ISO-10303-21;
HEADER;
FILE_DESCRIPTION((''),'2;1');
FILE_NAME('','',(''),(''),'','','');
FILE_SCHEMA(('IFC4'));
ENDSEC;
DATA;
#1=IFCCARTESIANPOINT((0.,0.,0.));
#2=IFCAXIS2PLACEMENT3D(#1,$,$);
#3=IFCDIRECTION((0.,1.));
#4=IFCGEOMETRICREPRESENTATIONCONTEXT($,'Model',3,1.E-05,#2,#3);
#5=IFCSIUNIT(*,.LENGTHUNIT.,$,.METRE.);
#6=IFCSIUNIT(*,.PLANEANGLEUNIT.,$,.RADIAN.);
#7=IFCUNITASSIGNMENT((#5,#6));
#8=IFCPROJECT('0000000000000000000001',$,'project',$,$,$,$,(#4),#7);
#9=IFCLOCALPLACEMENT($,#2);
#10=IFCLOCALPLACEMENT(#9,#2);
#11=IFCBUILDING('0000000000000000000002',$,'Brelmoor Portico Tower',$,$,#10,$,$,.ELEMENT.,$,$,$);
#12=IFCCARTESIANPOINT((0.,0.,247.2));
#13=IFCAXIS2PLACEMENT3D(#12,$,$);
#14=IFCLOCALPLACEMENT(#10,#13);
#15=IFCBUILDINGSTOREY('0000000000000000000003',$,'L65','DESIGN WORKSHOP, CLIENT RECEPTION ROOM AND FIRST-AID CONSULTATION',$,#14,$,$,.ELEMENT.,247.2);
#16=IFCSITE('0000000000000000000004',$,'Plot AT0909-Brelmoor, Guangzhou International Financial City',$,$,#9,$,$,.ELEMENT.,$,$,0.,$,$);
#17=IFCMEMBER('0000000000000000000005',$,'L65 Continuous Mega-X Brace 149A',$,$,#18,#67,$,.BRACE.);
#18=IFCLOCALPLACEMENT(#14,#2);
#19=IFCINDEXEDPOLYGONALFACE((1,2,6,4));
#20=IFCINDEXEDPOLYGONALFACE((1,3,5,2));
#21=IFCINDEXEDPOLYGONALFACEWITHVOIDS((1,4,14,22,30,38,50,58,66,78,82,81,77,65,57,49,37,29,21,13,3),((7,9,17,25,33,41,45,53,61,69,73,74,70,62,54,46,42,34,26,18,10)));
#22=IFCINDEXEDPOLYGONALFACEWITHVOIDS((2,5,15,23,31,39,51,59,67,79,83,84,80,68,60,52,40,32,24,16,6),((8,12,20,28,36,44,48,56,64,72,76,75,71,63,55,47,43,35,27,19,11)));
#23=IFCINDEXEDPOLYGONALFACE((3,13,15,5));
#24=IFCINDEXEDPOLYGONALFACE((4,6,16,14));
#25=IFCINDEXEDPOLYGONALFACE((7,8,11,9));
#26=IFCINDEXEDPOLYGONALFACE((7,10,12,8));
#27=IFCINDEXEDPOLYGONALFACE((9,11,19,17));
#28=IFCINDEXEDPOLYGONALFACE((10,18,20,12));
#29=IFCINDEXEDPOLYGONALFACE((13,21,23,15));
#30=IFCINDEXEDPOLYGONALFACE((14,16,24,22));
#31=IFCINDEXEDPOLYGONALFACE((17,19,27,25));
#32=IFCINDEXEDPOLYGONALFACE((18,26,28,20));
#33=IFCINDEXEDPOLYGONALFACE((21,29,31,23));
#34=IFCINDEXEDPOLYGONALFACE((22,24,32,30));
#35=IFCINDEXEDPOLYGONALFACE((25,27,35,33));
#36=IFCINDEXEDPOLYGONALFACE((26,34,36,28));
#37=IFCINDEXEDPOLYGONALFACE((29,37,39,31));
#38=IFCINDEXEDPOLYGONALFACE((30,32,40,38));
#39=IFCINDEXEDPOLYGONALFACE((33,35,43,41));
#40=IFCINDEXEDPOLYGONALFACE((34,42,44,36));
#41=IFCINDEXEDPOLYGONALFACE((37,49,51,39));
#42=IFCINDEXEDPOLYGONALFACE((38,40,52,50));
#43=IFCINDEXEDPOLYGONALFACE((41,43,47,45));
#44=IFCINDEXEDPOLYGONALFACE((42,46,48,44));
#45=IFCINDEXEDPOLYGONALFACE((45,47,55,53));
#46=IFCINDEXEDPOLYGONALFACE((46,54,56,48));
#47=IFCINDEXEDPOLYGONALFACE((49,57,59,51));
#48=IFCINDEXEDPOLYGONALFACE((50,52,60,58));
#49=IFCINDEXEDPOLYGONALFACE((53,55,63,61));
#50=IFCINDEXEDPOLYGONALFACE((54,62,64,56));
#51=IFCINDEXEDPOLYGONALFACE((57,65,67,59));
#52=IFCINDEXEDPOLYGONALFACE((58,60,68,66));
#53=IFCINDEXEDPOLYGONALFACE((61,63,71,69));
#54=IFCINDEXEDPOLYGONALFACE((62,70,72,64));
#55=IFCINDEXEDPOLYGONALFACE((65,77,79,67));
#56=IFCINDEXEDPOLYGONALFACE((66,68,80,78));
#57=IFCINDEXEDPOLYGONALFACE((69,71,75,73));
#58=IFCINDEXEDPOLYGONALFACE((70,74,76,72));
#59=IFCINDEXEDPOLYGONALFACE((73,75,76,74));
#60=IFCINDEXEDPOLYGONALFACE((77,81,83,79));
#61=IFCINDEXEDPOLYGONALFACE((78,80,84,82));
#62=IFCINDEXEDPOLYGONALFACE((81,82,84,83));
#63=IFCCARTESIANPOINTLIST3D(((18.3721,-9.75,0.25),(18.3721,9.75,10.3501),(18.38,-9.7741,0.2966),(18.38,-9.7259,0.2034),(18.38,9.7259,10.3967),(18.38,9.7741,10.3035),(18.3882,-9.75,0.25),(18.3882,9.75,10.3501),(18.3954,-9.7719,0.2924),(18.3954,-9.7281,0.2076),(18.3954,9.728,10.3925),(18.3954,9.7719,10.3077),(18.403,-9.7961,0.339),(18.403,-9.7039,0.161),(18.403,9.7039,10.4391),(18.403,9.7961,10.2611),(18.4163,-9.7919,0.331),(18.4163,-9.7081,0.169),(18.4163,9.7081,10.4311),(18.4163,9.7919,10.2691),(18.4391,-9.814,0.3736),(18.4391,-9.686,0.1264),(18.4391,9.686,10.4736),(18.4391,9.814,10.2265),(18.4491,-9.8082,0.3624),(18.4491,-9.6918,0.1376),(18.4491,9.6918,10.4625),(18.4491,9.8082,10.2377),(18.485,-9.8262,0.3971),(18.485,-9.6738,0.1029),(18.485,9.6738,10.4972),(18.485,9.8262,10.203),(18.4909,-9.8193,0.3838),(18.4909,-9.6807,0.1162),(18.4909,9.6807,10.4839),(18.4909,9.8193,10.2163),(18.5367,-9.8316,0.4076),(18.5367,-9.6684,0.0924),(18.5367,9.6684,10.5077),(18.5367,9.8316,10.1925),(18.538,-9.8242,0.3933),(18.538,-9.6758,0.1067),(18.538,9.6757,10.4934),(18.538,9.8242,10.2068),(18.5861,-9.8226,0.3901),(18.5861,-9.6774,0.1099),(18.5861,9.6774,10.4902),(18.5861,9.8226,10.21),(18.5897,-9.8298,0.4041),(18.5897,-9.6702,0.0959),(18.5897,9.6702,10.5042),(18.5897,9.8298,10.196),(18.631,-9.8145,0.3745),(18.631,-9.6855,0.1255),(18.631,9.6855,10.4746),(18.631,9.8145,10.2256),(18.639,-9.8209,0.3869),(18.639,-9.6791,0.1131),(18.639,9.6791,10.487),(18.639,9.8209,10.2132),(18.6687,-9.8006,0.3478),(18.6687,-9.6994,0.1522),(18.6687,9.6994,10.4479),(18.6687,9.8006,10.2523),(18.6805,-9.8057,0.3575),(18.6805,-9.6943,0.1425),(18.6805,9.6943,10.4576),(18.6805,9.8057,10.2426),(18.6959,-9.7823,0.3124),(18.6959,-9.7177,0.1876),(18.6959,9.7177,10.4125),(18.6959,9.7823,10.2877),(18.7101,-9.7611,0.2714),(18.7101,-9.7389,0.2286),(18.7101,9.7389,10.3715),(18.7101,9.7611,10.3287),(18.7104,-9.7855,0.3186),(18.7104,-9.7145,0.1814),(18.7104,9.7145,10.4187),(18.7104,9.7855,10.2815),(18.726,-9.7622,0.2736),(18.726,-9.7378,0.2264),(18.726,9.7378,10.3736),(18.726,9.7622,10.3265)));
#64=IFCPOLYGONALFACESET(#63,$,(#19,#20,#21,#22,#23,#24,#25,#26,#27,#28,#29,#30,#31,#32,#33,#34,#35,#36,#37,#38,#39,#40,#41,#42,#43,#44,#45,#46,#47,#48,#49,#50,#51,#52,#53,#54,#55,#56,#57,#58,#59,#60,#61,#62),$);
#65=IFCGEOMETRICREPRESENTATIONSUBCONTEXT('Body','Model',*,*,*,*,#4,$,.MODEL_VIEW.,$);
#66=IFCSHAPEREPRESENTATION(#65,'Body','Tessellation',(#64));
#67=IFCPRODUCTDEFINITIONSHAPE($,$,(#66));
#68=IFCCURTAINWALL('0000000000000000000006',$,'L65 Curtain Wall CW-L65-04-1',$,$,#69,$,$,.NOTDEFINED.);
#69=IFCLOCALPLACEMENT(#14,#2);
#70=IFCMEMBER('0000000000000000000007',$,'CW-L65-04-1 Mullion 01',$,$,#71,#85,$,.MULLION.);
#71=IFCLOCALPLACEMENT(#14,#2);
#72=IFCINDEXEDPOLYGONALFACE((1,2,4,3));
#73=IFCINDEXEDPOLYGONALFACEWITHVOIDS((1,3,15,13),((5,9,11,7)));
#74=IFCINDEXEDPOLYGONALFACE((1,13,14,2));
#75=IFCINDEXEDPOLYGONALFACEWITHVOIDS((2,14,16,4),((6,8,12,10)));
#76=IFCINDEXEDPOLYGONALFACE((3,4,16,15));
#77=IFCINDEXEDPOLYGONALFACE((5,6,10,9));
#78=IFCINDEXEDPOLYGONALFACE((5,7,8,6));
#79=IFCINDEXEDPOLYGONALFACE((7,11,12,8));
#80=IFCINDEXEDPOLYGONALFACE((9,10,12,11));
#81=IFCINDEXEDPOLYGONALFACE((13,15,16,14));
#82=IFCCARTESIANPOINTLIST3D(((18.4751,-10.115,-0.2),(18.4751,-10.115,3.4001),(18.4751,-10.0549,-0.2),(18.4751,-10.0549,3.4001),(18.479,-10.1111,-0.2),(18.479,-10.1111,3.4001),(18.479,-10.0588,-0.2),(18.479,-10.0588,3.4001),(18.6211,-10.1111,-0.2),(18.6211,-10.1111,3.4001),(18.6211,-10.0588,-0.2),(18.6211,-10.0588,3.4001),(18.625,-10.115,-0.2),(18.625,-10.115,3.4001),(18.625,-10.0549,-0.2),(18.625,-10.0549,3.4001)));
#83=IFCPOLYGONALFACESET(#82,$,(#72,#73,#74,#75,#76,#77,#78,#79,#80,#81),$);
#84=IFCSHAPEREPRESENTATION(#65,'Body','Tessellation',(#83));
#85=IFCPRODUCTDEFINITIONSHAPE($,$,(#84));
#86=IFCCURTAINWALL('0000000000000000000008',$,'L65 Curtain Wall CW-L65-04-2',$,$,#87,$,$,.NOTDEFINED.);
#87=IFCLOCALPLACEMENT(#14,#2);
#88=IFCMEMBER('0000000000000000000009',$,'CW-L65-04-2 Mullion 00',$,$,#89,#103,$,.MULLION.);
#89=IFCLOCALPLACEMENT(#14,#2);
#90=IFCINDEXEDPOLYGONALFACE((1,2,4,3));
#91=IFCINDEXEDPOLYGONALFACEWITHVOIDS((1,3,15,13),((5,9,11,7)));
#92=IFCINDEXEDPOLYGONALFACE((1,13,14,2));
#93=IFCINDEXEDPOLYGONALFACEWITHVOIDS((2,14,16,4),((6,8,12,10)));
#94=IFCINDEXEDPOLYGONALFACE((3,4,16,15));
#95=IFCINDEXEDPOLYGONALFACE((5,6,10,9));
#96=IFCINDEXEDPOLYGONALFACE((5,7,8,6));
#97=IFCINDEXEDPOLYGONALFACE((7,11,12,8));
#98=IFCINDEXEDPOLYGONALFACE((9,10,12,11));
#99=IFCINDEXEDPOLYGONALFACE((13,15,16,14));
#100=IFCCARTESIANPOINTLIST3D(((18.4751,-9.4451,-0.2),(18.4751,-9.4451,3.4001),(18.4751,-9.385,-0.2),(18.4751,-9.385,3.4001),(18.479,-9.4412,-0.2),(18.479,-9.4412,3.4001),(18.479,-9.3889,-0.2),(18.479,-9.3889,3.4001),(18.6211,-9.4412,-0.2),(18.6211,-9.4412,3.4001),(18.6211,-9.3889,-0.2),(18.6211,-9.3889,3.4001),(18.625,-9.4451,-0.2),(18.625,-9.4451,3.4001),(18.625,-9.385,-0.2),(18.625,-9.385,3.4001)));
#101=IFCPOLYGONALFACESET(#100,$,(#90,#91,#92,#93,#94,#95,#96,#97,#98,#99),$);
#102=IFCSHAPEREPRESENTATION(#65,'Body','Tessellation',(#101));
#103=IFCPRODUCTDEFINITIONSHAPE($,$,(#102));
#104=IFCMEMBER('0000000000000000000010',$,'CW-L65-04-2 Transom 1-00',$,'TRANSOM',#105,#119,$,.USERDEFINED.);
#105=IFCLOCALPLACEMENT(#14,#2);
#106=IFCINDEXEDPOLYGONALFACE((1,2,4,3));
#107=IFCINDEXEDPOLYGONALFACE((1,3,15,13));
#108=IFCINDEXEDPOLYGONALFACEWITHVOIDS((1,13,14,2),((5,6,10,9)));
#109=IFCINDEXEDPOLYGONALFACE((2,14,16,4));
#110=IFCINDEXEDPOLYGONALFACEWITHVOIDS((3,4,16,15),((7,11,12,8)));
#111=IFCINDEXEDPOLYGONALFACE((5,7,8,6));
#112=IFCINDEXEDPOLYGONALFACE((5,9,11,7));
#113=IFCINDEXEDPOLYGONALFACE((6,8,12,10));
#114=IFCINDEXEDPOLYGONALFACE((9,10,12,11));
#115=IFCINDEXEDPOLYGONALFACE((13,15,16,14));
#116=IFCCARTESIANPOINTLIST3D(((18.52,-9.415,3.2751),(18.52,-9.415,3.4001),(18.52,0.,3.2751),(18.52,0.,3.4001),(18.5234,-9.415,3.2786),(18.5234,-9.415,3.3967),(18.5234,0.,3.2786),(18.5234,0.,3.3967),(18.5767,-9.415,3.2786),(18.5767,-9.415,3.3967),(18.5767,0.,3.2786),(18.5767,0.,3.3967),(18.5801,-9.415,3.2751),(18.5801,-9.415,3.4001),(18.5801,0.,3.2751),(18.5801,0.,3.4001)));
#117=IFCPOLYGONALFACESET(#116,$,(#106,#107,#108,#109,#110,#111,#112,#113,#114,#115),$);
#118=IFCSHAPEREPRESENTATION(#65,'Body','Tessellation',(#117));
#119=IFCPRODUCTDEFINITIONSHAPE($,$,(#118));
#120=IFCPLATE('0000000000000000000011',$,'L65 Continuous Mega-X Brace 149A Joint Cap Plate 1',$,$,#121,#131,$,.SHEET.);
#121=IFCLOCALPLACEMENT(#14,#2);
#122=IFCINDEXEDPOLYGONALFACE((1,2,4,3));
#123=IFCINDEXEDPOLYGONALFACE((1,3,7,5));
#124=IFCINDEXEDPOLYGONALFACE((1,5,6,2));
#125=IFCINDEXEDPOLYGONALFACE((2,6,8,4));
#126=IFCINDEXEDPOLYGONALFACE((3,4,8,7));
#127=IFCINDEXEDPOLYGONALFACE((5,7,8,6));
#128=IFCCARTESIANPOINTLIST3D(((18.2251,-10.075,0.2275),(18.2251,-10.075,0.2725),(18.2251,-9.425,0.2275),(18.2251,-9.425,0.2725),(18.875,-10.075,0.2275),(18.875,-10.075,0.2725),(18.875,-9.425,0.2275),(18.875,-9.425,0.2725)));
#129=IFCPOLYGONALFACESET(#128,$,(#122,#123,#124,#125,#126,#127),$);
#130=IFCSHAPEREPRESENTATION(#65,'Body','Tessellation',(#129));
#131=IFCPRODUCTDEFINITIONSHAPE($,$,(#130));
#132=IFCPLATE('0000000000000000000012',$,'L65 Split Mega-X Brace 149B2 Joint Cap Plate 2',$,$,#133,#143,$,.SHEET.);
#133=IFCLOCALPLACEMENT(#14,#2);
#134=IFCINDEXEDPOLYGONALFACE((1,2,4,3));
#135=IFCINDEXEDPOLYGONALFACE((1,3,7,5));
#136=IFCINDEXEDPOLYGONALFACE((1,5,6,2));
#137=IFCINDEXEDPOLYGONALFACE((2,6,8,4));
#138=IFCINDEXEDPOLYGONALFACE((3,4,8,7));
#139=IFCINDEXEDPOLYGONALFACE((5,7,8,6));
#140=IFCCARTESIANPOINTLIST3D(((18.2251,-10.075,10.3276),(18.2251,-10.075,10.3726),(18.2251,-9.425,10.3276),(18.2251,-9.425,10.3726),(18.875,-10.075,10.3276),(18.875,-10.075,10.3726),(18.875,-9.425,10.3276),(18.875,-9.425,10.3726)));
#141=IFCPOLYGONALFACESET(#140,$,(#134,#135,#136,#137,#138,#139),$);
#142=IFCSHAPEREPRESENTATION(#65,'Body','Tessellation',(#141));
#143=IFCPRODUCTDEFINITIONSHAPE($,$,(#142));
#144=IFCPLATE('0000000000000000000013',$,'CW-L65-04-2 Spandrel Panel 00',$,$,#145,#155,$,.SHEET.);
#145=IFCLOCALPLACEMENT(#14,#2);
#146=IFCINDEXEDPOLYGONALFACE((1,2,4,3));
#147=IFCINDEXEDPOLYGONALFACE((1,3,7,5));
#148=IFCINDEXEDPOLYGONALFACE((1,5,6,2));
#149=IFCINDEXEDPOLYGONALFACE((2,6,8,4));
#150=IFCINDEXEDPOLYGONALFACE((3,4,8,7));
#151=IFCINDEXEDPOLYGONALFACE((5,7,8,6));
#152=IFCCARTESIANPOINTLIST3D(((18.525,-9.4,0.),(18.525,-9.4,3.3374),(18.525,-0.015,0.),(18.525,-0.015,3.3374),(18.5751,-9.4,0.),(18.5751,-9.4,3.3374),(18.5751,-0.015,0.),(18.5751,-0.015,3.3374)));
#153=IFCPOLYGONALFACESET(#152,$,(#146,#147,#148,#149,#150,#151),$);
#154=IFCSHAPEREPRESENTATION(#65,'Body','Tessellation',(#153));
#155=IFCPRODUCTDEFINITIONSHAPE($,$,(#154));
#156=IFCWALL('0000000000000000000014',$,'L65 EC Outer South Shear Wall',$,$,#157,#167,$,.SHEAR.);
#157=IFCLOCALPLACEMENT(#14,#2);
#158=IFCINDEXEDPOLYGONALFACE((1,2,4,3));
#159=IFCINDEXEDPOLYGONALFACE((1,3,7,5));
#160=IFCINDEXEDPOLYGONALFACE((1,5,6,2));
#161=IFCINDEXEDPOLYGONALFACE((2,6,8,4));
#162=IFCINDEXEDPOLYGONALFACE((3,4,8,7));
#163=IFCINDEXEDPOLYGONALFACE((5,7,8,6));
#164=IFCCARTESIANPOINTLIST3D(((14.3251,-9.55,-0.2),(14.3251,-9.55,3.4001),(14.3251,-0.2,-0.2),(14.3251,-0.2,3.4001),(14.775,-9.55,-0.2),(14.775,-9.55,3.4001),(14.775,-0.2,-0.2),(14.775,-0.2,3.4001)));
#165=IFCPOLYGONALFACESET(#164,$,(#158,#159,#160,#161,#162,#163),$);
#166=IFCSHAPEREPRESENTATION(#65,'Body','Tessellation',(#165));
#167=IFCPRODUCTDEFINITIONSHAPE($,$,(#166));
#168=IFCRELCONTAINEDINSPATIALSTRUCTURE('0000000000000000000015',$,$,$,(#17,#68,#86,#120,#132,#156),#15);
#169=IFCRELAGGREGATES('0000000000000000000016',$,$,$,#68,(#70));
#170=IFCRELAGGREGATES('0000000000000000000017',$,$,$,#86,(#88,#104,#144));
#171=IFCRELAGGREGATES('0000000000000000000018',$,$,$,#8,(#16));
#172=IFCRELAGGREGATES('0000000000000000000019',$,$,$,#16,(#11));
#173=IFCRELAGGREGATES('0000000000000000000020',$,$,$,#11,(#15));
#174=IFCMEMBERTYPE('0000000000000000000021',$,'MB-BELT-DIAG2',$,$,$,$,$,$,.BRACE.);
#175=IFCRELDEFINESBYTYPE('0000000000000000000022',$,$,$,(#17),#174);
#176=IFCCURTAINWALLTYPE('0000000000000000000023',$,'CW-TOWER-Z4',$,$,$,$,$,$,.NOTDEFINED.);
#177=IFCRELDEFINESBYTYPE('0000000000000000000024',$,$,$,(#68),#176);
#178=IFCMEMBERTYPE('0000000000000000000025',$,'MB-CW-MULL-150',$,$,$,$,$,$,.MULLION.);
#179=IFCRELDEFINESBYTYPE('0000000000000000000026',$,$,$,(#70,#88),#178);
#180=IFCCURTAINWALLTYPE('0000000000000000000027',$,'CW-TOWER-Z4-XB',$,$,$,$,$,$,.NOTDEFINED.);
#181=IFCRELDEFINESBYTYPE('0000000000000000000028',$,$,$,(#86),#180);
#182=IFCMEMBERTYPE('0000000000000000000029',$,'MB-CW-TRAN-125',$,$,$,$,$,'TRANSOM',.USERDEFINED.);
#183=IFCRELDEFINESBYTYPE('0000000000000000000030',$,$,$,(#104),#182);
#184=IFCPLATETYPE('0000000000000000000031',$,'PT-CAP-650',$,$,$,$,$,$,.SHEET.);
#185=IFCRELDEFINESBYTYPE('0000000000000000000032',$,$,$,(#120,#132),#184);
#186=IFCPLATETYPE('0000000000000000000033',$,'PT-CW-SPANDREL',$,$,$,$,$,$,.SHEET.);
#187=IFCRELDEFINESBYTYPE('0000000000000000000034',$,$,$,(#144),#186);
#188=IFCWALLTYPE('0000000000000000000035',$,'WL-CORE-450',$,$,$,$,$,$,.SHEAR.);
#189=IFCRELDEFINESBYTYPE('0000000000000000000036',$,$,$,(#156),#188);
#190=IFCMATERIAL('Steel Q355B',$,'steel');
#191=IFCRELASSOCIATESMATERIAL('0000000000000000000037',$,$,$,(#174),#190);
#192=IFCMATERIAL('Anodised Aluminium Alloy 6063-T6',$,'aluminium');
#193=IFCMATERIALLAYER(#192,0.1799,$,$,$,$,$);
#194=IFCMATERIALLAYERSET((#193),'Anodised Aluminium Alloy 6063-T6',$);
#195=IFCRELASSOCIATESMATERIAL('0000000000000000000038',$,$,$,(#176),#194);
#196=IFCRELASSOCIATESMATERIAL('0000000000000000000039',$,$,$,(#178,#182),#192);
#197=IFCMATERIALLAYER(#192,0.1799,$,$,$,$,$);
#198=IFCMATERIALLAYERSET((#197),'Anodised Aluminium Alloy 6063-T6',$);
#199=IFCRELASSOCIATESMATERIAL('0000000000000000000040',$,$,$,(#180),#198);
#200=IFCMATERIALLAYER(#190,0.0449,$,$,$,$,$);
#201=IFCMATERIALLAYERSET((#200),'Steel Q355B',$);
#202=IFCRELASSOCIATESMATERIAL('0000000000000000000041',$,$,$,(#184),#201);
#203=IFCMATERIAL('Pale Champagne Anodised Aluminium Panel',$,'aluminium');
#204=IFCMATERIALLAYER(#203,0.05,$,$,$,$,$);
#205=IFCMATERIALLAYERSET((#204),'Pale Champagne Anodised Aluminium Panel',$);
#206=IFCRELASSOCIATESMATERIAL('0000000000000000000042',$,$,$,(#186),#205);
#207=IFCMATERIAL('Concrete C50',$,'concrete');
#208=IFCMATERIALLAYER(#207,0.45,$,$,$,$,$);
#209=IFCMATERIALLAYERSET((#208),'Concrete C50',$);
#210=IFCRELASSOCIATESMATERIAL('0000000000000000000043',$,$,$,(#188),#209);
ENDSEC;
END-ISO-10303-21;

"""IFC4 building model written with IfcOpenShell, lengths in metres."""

from ifc_helpers import new_model, si_unit, direction, frame, frame_2d, origin, origin_2d, place, context, subcontext, project, spatial, rectangle, hollow_rectangle, hollow_circle, extrude, material, layer, layer_set, material_profile, profile_set, type_object, element, aggregate, save


model = new_model("IFC4")

# Units and contexts
model_context = context("Model", 3, precision=1e-05, world=origin(), true_north=direction((0.0, 1.0)))
body_context = subcontext(model_context, "Body", "Model", "MODEL_VIEW")
ifc_project = project(units=[si_unit("LENGTHUNIT", "METRE"), si_unit("PLANEANGLEUNIT", "RADIAN")], contexts=[model_context])

# Site, building, storey
site_placement = place(None, origin())
site = spatial("IfcSite", under=ifc_project, at=site_placement, Name="Plot AT0909-Brelmoor, Guangzhou International Financial City", CompositionType="ELEMENT", RefElevation=0.0)
building_placement = place(site_placement, origin())
building = spatial("IfcBuilding", under=site, at=building_placement, Name="Brelmoor Portico Tower", CompositionType="ELEMENT")
storey_placement = place(building_placement, frame((0.0, 0.0, 247.2)))
storey = spatial("IfcBuildingStorey", under=building, at=storey_placement, Name="L65", Description="DESIGN WORKSHOP, CLIENT RECEPTION ROOM AND FIRST-AID CONSULTATION", CompositionType="ELEMENT", Elevation=247.2)

# Shared definitions
ifc_material_1 = material(Name="Steel Q355B", Category="steel")

# Member
ifc_material_profile_1 = material_profile(ifc_material_1, hollow_circle(Radius=0.178, WallThickness=0.0161, at=origin_2d()), Name="CHS 356x16")
ifc_profile_set_1 = profile_set([ifc_material_profile_1], Name="Steel Q355B")
member_type_1 = type_object("IfcMemberType", Name="MB-BELT-DIAG2", PredefinedType="BRACE", material=ifc_profile_set_1)
member_1_placement = place(storey_placement, frame((18.55, -9.75, 0.25), z_axis=(0.0, 0.887959, 0.459922), x_axis=(-1.0, 0.0, 0.0)))
element("IfcMember", 1, at=member_1_placement, inside=storey, type_object=member_type_1, Name="L65 Continuous Mega-X Brace 149A", PredefinedType="BRACE", context=body_context, shape_type="SweptSolid", body=[
    extrude(hollow_circle(Radius=0.178, WallThickness=0.0161, at=origin_2d()), origin(), (0.0, 0.0, 1.0), 21.9604),
])

# Curtain wall, member
ifc_material_2 = material(Name="Anodised Aluminium Alloy 6063-T6", Category="aluminium")
ifc_layer_1 = layer(ifc_material_2, 0.1799)
ifc_layer_set_1 = layer_set([ifc_layer_1], Name="Anodised Aluminium Alloy 6063-T6")
curtain_wall_type_1 = type_object("IfcCurtainWallType", Name="CW-TOWER-Z4", PredefinedType="NOTDEFINED", material=ifc_layer_set_1)
curtain_wall_1_placement = place(storey_placement, origin())
curtain_wall_1 = element("IfcCurtainWall", 2, at=curtain_wall_1_placement, inside=storey, type_object=curtain_wall_type_1, Name="L65 Curtain Wall CW-L65-04-1", PredefinedType="NOTDEFINED")
ifc_material_profile_2 = material_profile(ifc_material_2, hollow_rectangle(XDim=0.0601, YDim=0.1499, WallThickness=0.0039, at=origin_2d()), Name="ALU MULLION 60x150")
ifc_profile_set_2 = profile_set([ifc_material_profile_2], Name="Anodised Aluminium Alloy 6063-T6")
member_type_2 = type_object("IfcMemberType", Name="MB-CW-MULL-150", PredefinedType="MULLION", material=ifc_profile_set_2)
member_2_placement = place(storey_placement, frame((18.55, -10.085, -0.2), z_axis=(0.0, 0.0, 1.0), x_axis=(0.0, 1.0, 0.0)))
member_2 = element("IfcMember", 3, at=member_2_placement, type_object=member_type_2, Name="CW-L65-04-1 Mullion 01", PredefinedType="MULLION", context=body_context, shape_type="SweptSolid", body=[
    extrude(hollow_rectangle(XDim=0.0601, YDim=0.1499, WallThickness=0.0039, at=origin_2d()), origin(), (0.0, 0.0, 1.0), 3.6001),
])
aggregate(curtain_wall_1, [member_2])

# Curtain wall, members
ifc_layer_2 = layer(ifc_material_2, 0.1799)
ifc_layer_set_2 = layer_set([ifc_layer_2], Name="Anodised Aluminium Alloy 6063-T6")
curtain_wall_type_2 = type_object("IfcCurtainWallType", Name="CW-TOWER-Z4-XB", PredefinedType="NOTDEFINED", material=ifc_layer_set_2)
curtain_wall_2_placement = place(storey_placement, origin())
curtain_wall_2 = element("IfcCurtainWall", 4, at=curtain_wall_2_placement, inside=storey, type_object=curtain_wall_type_2, Name="L65 Curtain Wall CW-L65-04-2", PredefinedType="NOTDEFINED")
member_3_placement = place(storey_placement, frame((18.55, -9.415, -0.2), z_axis=(0.0, 0.0, 1.0), x_axis=(0.0, 1.0, 0.0)))
member_3 = element("IfcMember", 5, at=member_3_placement, type_object=member_type_2, Name="CW-L65-04-2 Mullion 00", PredefinedType="MULLION", context=body_context, shape_type="SweptSolid", body=[
    extrude(hollow_rectangle(XDim=0.0601, YDim=0.1499, WallThickness=0.0039, at=origin_2d()), origin(), (0.0, 0.0, 1.0), 3.6001),
])
ifc_material_profile_3 = material_profile(ifc_material_2, hollow_rectangle(XDim=0.0601, YDim=0.125, WallThickness=0.0034, at=origin_2d()), Name="ALU TRANSOM 60x125")
ifc_profile_set_3 = profile_set([ifc_material_profile_3], Name="Anodised Aluminium Alloy 6063-T6")
member_type_3 = type_object("IfcMemberType", Name="MB-CW-TRAN-125", ElementType="TRANSOM", PredefinedType="USERDEFINED", material=ifc_profile_set_3)
member_4_placement = place(storey_placement, frame((18.55, -9.415, 3.3376), z_axis=(0.0, 1.0, 0.0), x_axis=(-1.0, 0.0, 0.0)))
member_4 = element("IfcMember", 6, at=member_4_placement, type_object=member_type_3, Name="CW-L65-04-2 Transom 1-00", ObjectType="TRANSOM", PredefinedType="USERDEFINED", context=body_context, shape_type="SweptSolid", body=[
    extrude(hollow_rectangle(XDim=0.0601, YDim=0.125, WallThickness=0.0034, at=origin_2d()), origin(), (0.0, 0.0, 1.0), 9.415),
])

# Plates
ifc_layer_3 = layer(ifc_material_1, 0.0449)
ifc_layer_set_3 = layer_set([ifc_layer_3], Name="Steel Q355B")
plate_type_1 = type_object("IfcPlateType", Name="PT-CAP-650", PredefinedType="SHEET", material=ifc_layer_set_3)
for number, where, z_axis, x_axis, name in (
    (7, (18.55, -9.75, 0.2275), (0.0, 0.0, 1.0), (1.0, 0.0, 0.0), "L65 Continuous Mega-X Brace 149A Joint Cap Plate 1"),
    (8, (18.55, -9.75, 10.3276), (0.0, 0.0, 1.0), (1.0, 0.0, 0.0), "L65 Split Mega-X Brace 149B2 Joint Cap Plate 2"),
):
    element("IfcPlate", number, at=place(storey_placement, frame(where, z_axis=z_axis, x_axis=x_axis)), inside=storey, type_object=plate_type_1, Name=name, PredefinedType="SHEET", context=body_context, shape_type="SweptSolid", body=[
        extrude(rectangle(XDim=0.6499, YDim=0.6499, at=origin_2d()), origin(), (0.0, 0.0, 1.0), 0.0449),
    ])

# Plate
ifc_material_3 = material(Name="Pale Champagne Anodised Aluminium Panel", Category="aluminium")
ifc_layer_4 = layer(ifc_material_3, 0.05)
ifc_layer_set_4 = layer_set([ifc_layer_4], Name="Pale Champagne Anodised Aluminium Panel")
plate_type_2 = type_object("IfcPlateType", Name="PT-CW-SPANDREL", PredefinedType="SHEET", material=ifc_layer_set_4)
plate_placement = place(storey_placement, frame((18.55, -4.7075, 0.0), z_axis=(0.0, 0.0, 1.0), x_axis=(0.0, 1.0, 0.0)))
plate = element("IfcPlate", 9, at=plate_placement, type_object=plate_type_2, Name="CW-L65-04-2 Spandrel Panel 00", PredefinedType="SHEET", context=body_context, shape_type="SweptSolid", body=[
    extrude(rectangle(XDim=9.385, YDim=0.05, at=origin_2d()), origin(), (0.0, 0.0, 1.0), 3.3374),
])
aggregate(curtain_wall_2, [member_3, member_4, plate])

# Wall
ifc_material_4 = material(Name="Concrete C50", Category="concrete")
ifc_layer_5 = layer(ifc_material_4, 0.45)
ifc_layer_set_5 = layer_set([ifc_layer_5], Name="Concrete C50")
wall_type_1 = type_object("IfcWallType", Name="WL-CORE-450", PredefinedType="SHEAR", material=ifc_layer_set_5)
wall_1_placement = place(storey_placement, frame((14.55, -9.55, -0.2), z_axis=(0.0, 0.0, 1.0), x_axis=(0.0, 1.0, 0.0)))
element("IfcWall", 10, at=wall_1_placement, inside=storey, type_object=wall_type_1, Name="L65 EC Outer South Shear Wall", PredefinedType="SHEAR", context=body_context, shape_type="SweptSolid", body=[
    extrude(rectangle(XDim=9.3501, YDim=0.45, at=frame_2d((4.675, 0.0))), origin(), (0.0, 0.0, 1.0), 3.6001),
])

save(model, "model.ifc")
